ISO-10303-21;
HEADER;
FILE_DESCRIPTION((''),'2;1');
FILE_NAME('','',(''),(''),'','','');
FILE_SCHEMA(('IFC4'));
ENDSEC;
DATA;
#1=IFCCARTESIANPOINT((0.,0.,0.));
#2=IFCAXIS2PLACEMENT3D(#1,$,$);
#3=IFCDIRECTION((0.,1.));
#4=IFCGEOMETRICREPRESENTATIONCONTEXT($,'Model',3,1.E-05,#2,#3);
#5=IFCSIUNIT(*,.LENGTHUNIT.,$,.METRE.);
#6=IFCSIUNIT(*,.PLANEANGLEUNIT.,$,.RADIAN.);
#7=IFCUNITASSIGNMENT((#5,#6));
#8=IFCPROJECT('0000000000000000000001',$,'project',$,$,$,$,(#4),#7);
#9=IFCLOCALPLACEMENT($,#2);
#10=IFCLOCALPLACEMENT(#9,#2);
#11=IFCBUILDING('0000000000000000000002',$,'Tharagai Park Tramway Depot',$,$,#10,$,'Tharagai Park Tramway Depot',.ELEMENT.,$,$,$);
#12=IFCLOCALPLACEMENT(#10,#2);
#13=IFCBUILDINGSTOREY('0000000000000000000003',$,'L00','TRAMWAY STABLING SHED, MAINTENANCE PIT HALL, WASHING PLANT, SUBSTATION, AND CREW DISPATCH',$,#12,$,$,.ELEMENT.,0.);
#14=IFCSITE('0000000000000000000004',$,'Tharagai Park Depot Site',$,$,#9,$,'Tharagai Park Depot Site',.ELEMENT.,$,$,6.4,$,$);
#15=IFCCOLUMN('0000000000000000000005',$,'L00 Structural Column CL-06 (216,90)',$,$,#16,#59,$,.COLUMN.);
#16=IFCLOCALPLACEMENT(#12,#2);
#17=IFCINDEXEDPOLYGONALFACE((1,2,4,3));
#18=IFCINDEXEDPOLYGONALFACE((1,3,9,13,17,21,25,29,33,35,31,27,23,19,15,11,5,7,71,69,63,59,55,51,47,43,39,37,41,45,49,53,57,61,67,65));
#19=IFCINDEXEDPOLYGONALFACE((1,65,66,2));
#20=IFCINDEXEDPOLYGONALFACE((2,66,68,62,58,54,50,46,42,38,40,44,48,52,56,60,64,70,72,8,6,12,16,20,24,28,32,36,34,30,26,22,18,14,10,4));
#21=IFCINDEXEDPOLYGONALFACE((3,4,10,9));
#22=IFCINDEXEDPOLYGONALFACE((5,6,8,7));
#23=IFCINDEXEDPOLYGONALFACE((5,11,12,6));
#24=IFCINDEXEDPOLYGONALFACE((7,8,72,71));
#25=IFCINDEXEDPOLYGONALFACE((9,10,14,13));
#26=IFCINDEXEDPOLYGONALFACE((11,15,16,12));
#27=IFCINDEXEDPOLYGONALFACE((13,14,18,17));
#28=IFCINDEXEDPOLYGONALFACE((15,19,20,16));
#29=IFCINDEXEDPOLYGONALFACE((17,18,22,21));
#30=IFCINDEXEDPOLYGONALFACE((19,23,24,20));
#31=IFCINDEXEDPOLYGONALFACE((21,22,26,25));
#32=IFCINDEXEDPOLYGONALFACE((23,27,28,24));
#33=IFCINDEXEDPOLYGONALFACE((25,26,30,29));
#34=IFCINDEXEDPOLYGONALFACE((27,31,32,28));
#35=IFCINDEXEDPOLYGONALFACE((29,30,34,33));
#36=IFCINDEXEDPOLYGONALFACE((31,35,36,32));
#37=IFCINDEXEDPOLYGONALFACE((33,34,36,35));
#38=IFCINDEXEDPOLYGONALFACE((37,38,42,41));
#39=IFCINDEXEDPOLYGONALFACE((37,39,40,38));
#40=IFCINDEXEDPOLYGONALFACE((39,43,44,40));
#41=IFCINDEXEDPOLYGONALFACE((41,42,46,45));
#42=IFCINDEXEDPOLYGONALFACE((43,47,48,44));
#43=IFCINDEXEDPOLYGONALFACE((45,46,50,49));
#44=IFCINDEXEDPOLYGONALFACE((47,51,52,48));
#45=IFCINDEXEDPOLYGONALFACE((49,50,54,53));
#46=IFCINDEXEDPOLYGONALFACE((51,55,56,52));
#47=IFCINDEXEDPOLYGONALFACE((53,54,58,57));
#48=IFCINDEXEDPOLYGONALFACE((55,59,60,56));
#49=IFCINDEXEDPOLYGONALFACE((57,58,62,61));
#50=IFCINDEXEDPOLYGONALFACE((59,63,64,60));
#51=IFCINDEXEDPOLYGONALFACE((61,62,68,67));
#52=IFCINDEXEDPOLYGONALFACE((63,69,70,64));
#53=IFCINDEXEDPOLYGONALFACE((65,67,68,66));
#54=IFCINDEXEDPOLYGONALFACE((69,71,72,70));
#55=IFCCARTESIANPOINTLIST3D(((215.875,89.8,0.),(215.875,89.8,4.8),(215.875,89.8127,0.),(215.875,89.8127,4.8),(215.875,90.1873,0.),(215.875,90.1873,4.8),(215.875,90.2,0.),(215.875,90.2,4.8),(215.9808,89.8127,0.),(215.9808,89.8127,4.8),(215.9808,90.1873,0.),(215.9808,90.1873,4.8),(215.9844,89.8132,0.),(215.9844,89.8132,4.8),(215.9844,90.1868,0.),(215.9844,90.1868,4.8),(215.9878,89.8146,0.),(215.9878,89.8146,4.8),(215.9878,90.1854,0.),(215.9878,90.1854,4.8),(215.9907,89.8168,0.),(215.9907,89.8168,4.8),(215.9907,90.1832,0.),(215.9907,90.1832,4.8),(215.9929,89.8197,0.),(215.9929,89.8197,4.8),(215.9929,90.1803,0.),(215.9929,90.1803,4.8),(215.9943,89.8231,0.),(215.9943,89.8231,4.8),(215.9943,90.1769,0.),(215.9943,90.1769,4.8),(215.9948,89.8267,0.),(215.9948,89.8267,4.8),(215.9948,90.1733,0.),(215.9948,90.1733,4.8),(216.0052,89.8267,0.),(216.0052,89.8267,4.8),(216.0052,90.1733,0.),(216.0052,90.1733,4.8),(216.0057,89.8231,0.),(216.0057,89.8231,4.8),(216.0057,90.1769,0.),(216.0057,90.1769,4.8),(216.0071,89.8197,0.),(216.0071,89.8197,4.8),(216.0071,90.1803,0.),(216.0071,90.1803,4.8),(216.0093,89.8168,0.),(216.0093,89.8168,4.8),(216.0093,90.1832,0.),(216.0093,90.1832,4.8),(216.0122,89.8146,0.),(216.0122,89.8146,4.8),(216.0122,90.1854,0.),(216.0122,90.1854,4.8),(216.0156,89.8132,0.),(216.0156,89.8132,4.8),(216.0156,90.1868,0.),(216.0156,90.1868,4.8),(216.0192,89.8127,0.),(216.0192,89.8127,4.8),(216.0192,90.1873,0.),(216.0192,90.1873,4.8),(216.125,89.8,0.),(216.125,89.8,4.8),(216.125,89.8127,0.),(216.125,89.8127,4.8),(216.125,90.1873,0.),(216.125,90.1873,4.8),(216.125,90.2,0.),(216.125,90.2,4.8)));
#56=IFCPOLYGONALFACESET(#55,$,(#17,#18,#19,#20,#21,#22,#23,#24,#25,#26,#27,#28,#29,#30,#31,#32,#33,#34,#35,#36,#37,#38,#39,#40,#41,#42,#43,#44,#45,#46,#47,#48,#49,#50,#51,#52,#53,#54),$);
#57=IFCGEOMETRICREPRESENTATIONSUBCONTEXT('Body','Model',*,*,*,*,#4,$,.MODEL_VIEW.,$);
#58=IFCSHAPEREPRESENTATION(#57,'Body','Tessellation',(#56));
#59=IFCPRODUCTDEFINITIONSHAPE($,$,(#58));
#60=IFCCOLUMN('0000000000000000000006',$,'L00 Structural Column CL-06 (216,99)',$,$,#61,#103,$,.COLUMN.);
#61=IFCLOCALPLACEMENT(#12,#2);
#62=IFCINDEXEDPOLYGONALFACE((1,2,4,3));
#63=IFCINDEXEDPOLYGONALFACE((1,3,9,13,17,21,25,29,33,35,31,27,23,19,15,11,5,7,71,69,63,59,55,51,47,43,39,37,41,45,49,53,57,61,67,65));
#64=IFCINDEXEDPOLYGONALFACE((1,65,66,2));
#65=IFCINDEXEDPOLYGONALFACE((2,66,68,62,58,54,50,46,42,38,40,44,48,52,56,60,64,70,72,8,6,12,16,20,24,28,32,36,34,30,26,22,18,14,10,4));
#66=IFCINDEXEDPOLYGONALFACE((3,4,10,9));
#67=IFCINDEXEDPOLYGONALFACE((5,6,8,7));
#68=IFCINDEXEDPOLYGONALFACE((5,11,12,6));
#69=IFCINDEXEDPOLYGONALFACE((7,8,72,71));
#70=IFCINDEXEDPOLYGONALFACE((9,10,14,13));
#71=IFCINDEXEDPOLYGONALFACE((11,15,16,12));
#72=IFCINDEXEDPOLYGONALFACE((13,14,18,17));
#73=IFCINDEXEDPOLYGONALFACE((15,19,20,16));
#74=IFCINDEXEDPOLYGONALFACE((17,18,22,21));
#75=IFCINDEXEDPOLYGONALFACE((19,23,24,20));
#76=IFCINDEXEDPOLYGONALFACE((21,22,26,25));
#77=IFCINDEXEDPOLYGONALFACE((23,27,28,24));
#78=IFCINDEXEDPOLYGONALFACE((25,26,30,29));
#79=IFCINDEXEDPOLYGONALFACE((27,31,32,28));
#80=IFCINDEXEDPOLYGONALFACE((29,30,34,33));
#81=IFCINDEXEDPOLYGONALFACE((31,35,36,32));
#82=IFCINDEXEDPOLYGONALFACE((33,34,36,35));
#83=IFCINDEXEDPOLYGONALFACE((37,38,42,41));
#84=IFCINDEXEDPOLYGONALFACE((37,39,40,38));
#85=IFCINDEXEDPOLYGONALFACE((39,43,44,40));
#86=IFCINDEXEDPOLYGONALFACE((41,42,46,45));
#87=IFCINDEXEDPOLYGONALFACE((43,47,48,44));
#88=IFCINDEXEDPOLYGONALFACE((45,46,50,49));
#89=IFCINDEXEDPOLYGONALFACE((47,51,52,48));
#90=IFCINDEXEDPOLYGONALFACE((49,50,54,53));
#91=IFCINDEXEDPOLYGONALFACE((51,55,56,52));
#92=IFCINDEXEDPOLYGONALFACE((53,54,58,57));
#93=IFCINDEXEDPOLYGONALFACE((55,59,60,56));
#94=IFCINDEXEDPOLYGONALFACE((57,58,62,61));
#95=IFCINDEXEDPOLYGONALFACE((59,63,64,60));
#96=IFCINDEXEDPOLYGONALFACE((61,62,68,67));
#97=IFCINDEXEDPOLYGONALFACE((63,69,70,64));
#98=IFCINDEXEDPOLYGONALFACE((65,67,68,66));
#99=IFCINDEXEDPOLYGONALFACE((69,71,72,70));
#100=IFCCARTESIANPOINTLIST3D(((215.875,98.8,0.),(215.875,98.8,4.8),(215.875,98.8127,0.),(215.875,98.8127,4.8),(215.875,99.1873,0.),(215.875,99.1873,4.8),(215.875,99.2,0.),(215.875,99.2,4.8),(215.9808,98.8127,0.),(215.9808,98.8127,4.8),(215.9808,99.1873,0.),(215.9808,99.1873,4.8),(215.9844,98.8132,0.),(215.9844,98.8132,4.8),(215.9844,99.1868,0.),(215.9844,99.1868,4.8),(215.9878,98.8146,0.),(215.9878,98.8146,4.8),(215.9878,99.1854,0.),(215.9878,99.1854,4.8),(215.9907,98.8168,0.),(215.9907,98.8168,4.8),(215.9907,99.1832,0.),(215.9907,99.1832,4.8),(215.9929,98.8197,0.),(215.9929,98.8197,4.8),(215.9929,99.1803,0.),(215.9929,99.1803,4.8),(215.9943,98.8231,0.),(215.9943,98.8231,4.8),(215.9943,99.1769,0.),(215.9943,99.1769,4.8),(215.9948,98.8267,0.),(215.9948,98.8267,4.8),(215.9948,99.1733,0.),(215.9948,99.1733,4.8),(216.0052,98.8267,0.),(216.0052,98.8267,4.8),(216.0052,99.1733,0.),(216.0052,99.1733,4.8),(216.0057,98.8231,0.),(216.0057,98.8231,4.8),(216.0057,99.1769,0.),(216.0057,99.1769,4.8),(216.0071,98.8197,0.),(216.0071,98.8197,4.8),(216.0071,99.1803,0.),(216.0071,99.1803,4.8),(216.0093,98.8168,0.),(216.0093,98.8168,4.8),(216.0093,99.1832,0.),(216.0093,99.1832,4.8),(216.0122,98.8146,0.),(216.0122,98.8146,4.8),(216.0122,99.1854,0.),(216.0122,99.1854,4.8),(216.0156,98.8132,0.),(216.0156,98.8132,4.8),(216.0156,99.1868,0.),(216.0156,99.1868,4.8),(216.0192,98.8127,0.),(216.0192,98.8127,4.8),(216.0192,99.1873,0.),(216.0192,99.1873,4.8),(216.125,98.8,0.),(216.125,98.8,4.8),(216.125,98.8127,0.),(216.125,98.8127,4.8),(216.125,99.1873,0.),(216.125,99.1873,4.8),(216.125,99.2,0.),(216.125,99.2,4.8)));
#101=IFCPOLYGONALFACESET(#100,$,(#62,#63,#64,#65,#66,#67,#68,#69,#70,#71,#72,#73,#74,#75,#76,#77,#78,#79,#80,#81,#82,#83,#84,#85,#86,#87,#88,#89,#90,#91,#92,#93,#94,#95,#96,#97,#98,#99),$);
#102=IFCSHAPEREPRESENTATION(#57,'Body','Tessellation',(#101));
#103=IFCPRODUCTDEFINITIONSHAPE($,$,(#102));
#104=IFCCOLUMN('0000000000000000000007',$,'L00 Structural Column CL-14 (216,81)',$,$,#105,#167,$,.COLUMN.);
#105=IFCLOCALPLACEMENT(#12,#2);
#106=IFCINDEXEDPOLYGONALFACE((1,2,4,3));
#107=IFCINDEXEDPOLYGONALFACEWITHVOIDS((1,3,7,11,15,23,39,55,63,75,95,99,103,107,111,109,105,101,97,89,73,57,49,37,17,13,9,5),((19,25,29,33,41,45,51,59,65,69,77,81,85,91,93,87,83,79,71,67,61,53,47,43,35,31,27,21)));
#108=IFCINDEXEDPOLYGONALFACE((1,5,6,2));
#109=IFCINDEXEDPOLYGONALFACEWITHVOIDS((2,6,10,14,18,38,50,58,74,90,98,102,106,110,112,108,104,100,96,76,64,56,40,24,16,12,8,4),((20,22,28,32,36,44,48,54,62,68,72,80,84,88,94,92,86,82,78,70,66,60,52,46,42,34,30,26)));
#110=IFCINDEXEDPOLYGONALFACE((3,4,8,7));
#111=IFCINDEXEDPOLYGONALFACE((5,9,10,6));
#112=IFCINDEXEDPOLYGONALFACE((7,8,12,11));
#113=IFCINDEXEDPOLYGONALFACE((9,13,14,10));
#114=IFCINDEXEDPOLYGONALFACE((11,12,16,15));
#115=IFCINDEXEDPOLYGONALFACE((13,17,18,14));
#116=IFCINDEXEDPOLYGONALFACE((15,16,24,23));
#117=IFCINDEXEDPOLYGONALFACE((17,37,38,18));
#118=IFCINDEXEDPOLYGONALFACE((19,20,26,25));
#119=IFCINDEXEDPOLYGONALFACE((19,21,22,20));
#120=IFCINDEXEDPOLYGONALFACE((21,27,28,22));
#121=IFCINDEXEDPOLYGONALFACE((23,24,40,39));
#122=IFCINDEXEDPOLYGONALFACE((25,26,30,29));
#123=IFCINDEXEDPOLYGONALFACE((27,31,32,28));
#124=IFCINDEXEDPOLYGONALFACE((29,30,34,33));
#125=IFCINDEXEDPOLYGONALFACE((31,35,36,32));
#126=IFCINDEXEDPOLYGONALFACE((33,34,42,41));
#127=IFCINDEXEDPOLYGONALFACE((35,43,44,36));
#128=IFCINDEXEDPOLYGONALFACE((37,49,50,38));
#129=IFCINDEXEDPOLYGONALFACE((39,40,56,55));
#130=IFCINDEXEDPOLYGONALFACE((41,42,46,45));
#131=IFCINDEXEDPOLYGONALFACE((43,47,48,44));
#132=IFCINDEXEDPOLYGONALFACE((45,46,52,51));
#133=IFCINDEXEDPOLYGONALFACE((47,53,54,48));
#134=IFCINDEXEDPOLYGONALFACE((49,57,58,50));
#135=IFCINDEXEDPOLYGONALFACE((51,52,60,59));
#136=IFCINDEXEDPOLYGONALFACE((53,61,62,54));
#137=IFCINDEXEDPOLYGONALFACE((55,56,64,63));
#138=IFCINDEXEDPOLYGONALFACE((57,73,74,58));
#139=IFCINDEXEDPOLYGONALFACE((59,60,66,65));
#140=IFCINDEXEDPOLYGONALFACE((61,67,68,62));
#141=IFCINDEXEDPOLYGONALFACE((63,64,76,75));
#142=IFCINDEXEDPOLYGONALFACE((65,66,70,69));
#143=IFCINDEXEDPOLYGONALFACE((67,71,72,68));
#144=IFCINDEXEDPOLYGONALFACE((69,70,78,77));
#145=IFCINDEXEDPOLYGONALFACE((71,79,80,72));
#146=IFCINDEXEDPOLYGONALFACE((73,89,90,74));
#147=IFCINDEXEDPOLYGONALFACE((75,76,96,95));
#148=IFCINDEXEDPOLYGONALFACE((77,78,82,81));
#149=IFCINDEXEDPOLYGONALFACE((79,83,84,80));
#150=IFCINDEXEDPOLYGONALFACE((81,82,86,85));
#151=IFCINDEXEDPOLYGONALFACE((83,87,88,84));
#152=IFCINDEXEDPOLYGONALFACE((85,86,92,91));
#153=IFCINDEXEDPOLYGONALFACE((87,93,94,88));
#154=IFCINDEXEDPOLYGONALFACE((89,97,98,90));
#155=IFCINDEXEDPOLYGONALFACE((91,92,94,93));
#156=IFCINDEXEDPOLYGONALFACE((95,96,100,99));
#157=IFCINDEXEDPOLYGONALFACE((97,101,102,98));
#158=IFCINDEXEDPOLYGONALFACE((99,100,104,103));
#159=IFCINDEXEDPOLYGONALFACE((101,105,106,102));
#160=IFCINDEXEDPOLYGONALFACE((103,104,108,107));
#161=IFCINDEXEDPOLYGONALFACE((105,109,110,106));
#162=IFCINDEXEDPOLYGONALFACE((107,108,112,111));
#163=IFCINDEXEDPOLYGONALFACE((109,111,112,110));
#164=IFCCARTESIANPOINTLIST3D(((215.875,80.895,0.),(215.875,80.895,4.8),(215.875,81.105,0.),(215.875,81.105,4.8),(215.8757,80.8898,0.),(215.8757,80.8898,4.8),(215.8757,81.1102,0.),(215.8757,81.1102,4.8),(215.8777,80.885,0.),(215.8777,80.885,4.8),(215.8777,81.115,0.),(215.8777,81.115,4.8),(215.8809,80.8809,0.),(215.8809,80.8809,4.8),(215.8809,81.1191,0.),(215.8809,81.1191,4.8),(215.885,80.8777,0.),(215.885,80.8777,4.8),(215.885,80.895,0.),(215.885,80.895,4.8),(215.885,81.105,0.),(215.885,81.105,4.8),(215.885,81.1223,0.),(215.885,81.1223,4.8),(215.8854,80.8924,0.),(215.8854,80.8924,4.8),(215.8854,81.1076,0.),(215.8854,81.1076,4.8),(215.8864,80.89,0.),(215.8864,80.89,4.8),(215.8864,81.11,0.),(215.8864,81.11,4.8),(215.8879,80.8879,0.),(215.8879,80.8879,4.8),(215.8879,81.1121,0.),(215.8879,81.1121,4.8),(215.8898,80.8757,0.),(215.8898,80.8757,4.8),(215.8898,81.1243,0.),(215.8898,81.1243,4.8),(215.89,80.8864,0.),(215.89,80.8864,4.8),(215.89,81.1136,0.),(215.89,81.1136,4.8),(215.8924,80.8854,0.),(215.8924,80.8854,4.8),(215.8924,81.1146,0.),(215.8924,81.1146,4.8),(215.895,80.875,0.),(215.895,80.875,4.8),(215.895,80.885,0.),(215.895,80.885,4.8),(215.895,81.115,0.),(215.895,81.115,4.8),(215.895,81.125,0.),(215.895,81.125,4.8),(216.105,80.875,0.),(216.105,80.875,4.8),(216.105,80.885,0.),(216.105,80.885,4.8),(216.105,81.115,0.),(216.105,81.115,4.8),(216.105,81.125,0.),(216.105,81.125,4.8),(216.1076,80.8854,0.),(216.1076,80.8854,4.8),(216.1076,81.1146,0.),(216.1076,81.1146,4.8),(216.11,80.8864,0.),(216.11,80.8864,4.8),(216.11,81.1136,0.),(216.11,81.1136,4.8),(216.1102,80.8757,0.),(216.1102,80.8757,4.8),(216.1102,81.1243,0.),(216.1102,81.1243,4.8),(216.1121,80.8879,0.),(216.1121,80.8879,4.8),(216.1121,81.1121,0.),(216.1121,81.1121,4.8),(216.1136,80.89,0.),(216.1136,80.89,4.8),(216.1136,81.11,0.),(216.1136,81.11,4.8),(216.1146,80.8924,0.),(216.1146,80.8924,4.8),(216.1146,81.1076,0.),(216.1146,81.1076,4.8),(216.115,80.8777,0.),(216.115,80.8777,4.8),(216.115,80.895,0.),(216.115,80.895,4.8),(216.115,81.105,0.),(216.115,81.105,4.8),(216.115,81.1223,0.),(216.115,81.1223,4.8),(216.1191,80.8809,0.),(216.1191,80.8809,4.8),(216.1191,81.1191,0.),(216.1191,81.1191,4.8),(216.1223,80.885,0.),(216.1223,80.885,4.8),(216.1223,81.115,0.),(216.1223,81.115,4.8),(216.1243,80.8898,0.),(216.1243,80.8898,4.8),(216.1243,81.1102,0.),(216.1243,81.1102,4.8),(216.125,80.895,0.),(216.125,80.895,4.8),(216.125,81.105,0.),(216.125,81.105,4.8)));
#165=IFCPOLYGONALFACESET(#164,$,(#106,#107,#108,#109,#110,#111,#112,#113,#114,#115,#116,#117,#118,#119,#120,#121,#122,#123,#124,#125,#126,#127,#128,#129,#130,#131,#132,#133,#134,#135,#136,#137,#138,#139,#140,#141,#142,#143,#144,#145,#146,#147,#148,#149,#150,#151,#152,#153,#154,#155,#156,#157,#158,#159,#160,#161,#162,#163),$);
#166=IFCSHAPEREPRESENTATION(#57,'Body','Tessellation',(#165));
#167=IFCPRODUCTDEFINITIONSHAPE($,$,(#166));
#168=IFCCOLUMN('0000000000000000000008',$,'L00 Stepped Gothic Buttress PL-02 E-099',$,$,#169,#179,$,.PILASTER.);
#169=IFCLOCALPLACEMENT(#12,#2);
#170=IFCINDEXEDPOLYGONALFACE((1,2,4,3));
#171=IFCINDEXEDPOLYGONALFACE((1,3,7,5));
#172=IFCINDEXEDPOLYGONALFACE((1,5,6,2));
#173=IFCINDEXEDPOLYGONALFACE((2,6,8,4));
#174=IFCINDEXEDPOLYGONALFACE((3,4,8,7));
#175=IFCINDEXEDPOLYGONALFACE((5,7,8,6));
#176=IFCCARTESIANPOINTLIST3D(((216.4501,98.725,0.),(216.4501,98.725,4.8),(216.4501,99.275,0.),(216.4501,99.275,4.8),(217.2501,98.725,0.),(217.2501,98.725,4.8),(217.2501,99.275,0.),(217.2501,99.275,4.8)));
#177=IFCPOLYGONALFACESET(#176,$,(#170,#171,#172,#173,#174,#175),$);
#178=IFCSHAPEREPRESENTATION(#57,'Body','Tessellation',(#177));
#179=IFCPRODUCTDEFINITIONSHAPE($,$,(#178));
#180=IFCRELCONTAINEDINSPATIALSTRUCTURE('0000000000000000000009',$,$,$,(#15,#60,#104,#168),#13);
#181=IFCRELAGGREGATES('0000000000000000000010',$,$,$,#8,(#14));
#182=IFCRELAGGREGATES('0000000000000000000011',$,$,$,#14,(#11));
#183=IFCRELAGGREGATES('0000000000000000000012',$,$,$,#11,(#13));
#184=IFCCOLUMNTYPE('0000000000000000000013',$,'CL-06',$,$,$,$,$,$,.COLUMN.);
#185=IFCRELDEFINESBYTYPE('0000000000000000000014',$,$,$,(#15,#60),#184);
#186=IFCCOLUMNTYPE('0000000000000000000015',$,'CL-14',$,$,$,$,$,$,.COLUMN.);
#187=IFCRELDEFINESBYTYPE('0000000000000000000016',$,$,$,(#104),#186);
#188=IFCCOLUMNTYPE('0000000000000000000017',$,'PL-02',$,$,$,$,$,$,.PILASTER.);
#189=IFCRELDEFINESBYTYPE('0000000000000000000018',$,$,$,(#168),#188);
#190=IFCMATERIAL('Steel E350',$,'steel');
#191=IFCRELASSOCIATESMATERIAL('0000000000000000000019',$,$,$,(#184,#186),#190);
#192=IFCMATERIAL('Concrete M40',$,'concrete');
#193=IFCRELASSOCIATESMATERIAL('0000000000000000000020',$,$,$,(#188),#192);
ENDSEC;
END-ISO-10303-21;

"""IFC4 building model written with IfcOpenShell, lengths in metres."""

from ifc_helpers import new_model, si_unit, direction, frame, origin, origin_2d, place, context, subcontext, project, spatial, rectangle, hollow_rectangle, i_section, extrude, material, material_profile, profile_set, type_object, element, save


model = new_model("IFC4")

# Units and contexts
model_context = context("Model", 3, precision=1e-05, world=origin(), true_north=direction((0.0, 1.0)))
body_context = subcontext(model_context, "Body", "Model", "MODEL_VIEW")
ifc_project = project(units=[si_unit("LENGTHUNIT", "METRE"), si_unit("PLANEANGLEUNIT", "RADIAN")], contexts=[model_context])

# Site, building, storey
site_placement = place(None, origin())
site = spatial("IfcSite", under=ifc_project, at=site_placement, Name="Tharagai Park Depot Site", LongName="Tharagai Park Depot Site", CompositionType="ELEMENT", RefElevation=6.4)
building_placement = place(site_placement, origin())
building = spatial("IfcBuilding", under=site, at=building_placement, Name="Tharagai Park Tramway Depot", LongName="Tharagai Park Tramway Depot", CompositionType="ELEMENT")
storey_placement = place(building_placement, origin())
storey = spatial("IfcBuildingStorey", under=building, at=storey_placement, Name="L00", Description="TRAMWAY STABLING SHED, MAINTENANCE PIT HALL, WASHING PLANT, SUBSTATION, AND CREW DISPATCH", CompositionType="ELEMENT", Elevation=0.0)

# Shared definitions
ifc_material_1 = material(Name="Concrete M40", Category="concrete")

# Columns
ifc_material_2 = material(Name="Steel E350", Category="steel")
ifc_material_profile_1 = material_profile(ifc_material_2, i_section(OverallWidth=0.25, OverallDepth=0.3999, WebThickness=0.0105, FlangeThickness=0.0127, FilletRadius=0.0139, at=origin_2d()), Name="ISHB 400")
ifc_profile_set_1 = profile_set([ifc_material_profile_1], Name="Steel E350")
column_type_1 = type_object("IfcColumnType", Name="CL-06", PredefinedType="COLUMN", material=ifc_profile_set_1)
for number, where, z_axis, x_axis, name in (
    (1, (216.0, 90.0, 0.0), (0.0, 0.0, 1.0), (1.0, 0.0, 0.0), "L00 Structural Column CL-06 (216,90)"),
    (2, (216.0, 99.0, 0.0), (0.0, 0.0, 1.0), (1.0, 0.0, 0.0), "L00 Structural Column CL-06 (216,99)"),
):
    element("IfcColumn", number, at=place(storey_placement, frame(where, z_axis=z_axis, x_axis=x_axis)), inside=storey, type_object=column_type_1, Name=name, PredefinedType="COLUMN", context=body_context, shape_type="SweptSolid", body=[
        extrude(i_section(OverallWidth=0.25, OverallDepth=0.3999, WebThickness=0.0105, FlangeThickness=0.0127, FilletRadius=0.0139, at=origin_2d()), origin(), (0.0, 0.0, 1.0), 4.8),
    ])
ifc_material_profile_2 = material_profile(ifc_material_2, hollow_rectangle(XDim=0.25, YDim=0.25, WallThickness=0.01, InnerFilletRadius=0.01, OuterFilletRadius=0.02, at=origin_2d()), Name="SHS 250x250x10")
ifc_profile_set_2 = profile_set([ifc_material_profile_2], Name="Steel E350")
column_type_2 = type_object("IfcColumnType", Name="CL-14", PredefinedType="COLUMN", material=ifc_profile_set_2)
column_1_placement = place(storey_placement, frame((216.0, 81.0, 0.0), z_axis=(0.0, 0.0, 1.0), x_axis=(1.0, 0.0, 0.0)))
element("IfcColumn", 3, at=column_1_placement, inside=storey, type_object=column_type_2, Name="L00 Structural Column CL-14 (216,81)", PredefinedType="COLUMN", context=body_context, shape_type="SweptSolid", body=[
    extrude(hollow_rectangle(XDim=0.25, YDim=0.25, WallThickness=0.01, InnerFilletRadius=0.01, OuterFilletRadius=0.02, at=origin_2d()), origin(), (0.0, 0.0, 1.0), 4.8),
])
ifc_material_profile_3 = material_profile(ifc_material_1, rectangle(XDim=0.55, YDim=0.8, at=origin_2d()), Name="RC 550x800")
ifc_profile_set_3 = profile_set([ifc_material_profile_3], Name="Concrete M40")
column_type_3 = type_object("IfcColumnType", Name="PL-02", PredefinedType="PILASTER", material=ifc_profile_set_3)
column_2_placement = place(storey_placement, frame((216.8501, 99.0, 0.0), z_axis=(0.0, 0.0, 1.0), x_axis=(0.0, 1.0, 0.0)))
element("IfcColumn", 4, at=column_2_placement, inside=storey, type_object=column_type_3, Name="L00 Stepped Gothic Buttress PL-02 E-099", PredefinedType="PILASTER", context=body_context, shape_type="SweptSolid", body=[
    extrude(rectangle(XDim=0.55, YDim=0.8, at=origin_2d()), origin(), (0.0, 0.0, 1.0), 4.8),
])

save(model, "model.ifc")
